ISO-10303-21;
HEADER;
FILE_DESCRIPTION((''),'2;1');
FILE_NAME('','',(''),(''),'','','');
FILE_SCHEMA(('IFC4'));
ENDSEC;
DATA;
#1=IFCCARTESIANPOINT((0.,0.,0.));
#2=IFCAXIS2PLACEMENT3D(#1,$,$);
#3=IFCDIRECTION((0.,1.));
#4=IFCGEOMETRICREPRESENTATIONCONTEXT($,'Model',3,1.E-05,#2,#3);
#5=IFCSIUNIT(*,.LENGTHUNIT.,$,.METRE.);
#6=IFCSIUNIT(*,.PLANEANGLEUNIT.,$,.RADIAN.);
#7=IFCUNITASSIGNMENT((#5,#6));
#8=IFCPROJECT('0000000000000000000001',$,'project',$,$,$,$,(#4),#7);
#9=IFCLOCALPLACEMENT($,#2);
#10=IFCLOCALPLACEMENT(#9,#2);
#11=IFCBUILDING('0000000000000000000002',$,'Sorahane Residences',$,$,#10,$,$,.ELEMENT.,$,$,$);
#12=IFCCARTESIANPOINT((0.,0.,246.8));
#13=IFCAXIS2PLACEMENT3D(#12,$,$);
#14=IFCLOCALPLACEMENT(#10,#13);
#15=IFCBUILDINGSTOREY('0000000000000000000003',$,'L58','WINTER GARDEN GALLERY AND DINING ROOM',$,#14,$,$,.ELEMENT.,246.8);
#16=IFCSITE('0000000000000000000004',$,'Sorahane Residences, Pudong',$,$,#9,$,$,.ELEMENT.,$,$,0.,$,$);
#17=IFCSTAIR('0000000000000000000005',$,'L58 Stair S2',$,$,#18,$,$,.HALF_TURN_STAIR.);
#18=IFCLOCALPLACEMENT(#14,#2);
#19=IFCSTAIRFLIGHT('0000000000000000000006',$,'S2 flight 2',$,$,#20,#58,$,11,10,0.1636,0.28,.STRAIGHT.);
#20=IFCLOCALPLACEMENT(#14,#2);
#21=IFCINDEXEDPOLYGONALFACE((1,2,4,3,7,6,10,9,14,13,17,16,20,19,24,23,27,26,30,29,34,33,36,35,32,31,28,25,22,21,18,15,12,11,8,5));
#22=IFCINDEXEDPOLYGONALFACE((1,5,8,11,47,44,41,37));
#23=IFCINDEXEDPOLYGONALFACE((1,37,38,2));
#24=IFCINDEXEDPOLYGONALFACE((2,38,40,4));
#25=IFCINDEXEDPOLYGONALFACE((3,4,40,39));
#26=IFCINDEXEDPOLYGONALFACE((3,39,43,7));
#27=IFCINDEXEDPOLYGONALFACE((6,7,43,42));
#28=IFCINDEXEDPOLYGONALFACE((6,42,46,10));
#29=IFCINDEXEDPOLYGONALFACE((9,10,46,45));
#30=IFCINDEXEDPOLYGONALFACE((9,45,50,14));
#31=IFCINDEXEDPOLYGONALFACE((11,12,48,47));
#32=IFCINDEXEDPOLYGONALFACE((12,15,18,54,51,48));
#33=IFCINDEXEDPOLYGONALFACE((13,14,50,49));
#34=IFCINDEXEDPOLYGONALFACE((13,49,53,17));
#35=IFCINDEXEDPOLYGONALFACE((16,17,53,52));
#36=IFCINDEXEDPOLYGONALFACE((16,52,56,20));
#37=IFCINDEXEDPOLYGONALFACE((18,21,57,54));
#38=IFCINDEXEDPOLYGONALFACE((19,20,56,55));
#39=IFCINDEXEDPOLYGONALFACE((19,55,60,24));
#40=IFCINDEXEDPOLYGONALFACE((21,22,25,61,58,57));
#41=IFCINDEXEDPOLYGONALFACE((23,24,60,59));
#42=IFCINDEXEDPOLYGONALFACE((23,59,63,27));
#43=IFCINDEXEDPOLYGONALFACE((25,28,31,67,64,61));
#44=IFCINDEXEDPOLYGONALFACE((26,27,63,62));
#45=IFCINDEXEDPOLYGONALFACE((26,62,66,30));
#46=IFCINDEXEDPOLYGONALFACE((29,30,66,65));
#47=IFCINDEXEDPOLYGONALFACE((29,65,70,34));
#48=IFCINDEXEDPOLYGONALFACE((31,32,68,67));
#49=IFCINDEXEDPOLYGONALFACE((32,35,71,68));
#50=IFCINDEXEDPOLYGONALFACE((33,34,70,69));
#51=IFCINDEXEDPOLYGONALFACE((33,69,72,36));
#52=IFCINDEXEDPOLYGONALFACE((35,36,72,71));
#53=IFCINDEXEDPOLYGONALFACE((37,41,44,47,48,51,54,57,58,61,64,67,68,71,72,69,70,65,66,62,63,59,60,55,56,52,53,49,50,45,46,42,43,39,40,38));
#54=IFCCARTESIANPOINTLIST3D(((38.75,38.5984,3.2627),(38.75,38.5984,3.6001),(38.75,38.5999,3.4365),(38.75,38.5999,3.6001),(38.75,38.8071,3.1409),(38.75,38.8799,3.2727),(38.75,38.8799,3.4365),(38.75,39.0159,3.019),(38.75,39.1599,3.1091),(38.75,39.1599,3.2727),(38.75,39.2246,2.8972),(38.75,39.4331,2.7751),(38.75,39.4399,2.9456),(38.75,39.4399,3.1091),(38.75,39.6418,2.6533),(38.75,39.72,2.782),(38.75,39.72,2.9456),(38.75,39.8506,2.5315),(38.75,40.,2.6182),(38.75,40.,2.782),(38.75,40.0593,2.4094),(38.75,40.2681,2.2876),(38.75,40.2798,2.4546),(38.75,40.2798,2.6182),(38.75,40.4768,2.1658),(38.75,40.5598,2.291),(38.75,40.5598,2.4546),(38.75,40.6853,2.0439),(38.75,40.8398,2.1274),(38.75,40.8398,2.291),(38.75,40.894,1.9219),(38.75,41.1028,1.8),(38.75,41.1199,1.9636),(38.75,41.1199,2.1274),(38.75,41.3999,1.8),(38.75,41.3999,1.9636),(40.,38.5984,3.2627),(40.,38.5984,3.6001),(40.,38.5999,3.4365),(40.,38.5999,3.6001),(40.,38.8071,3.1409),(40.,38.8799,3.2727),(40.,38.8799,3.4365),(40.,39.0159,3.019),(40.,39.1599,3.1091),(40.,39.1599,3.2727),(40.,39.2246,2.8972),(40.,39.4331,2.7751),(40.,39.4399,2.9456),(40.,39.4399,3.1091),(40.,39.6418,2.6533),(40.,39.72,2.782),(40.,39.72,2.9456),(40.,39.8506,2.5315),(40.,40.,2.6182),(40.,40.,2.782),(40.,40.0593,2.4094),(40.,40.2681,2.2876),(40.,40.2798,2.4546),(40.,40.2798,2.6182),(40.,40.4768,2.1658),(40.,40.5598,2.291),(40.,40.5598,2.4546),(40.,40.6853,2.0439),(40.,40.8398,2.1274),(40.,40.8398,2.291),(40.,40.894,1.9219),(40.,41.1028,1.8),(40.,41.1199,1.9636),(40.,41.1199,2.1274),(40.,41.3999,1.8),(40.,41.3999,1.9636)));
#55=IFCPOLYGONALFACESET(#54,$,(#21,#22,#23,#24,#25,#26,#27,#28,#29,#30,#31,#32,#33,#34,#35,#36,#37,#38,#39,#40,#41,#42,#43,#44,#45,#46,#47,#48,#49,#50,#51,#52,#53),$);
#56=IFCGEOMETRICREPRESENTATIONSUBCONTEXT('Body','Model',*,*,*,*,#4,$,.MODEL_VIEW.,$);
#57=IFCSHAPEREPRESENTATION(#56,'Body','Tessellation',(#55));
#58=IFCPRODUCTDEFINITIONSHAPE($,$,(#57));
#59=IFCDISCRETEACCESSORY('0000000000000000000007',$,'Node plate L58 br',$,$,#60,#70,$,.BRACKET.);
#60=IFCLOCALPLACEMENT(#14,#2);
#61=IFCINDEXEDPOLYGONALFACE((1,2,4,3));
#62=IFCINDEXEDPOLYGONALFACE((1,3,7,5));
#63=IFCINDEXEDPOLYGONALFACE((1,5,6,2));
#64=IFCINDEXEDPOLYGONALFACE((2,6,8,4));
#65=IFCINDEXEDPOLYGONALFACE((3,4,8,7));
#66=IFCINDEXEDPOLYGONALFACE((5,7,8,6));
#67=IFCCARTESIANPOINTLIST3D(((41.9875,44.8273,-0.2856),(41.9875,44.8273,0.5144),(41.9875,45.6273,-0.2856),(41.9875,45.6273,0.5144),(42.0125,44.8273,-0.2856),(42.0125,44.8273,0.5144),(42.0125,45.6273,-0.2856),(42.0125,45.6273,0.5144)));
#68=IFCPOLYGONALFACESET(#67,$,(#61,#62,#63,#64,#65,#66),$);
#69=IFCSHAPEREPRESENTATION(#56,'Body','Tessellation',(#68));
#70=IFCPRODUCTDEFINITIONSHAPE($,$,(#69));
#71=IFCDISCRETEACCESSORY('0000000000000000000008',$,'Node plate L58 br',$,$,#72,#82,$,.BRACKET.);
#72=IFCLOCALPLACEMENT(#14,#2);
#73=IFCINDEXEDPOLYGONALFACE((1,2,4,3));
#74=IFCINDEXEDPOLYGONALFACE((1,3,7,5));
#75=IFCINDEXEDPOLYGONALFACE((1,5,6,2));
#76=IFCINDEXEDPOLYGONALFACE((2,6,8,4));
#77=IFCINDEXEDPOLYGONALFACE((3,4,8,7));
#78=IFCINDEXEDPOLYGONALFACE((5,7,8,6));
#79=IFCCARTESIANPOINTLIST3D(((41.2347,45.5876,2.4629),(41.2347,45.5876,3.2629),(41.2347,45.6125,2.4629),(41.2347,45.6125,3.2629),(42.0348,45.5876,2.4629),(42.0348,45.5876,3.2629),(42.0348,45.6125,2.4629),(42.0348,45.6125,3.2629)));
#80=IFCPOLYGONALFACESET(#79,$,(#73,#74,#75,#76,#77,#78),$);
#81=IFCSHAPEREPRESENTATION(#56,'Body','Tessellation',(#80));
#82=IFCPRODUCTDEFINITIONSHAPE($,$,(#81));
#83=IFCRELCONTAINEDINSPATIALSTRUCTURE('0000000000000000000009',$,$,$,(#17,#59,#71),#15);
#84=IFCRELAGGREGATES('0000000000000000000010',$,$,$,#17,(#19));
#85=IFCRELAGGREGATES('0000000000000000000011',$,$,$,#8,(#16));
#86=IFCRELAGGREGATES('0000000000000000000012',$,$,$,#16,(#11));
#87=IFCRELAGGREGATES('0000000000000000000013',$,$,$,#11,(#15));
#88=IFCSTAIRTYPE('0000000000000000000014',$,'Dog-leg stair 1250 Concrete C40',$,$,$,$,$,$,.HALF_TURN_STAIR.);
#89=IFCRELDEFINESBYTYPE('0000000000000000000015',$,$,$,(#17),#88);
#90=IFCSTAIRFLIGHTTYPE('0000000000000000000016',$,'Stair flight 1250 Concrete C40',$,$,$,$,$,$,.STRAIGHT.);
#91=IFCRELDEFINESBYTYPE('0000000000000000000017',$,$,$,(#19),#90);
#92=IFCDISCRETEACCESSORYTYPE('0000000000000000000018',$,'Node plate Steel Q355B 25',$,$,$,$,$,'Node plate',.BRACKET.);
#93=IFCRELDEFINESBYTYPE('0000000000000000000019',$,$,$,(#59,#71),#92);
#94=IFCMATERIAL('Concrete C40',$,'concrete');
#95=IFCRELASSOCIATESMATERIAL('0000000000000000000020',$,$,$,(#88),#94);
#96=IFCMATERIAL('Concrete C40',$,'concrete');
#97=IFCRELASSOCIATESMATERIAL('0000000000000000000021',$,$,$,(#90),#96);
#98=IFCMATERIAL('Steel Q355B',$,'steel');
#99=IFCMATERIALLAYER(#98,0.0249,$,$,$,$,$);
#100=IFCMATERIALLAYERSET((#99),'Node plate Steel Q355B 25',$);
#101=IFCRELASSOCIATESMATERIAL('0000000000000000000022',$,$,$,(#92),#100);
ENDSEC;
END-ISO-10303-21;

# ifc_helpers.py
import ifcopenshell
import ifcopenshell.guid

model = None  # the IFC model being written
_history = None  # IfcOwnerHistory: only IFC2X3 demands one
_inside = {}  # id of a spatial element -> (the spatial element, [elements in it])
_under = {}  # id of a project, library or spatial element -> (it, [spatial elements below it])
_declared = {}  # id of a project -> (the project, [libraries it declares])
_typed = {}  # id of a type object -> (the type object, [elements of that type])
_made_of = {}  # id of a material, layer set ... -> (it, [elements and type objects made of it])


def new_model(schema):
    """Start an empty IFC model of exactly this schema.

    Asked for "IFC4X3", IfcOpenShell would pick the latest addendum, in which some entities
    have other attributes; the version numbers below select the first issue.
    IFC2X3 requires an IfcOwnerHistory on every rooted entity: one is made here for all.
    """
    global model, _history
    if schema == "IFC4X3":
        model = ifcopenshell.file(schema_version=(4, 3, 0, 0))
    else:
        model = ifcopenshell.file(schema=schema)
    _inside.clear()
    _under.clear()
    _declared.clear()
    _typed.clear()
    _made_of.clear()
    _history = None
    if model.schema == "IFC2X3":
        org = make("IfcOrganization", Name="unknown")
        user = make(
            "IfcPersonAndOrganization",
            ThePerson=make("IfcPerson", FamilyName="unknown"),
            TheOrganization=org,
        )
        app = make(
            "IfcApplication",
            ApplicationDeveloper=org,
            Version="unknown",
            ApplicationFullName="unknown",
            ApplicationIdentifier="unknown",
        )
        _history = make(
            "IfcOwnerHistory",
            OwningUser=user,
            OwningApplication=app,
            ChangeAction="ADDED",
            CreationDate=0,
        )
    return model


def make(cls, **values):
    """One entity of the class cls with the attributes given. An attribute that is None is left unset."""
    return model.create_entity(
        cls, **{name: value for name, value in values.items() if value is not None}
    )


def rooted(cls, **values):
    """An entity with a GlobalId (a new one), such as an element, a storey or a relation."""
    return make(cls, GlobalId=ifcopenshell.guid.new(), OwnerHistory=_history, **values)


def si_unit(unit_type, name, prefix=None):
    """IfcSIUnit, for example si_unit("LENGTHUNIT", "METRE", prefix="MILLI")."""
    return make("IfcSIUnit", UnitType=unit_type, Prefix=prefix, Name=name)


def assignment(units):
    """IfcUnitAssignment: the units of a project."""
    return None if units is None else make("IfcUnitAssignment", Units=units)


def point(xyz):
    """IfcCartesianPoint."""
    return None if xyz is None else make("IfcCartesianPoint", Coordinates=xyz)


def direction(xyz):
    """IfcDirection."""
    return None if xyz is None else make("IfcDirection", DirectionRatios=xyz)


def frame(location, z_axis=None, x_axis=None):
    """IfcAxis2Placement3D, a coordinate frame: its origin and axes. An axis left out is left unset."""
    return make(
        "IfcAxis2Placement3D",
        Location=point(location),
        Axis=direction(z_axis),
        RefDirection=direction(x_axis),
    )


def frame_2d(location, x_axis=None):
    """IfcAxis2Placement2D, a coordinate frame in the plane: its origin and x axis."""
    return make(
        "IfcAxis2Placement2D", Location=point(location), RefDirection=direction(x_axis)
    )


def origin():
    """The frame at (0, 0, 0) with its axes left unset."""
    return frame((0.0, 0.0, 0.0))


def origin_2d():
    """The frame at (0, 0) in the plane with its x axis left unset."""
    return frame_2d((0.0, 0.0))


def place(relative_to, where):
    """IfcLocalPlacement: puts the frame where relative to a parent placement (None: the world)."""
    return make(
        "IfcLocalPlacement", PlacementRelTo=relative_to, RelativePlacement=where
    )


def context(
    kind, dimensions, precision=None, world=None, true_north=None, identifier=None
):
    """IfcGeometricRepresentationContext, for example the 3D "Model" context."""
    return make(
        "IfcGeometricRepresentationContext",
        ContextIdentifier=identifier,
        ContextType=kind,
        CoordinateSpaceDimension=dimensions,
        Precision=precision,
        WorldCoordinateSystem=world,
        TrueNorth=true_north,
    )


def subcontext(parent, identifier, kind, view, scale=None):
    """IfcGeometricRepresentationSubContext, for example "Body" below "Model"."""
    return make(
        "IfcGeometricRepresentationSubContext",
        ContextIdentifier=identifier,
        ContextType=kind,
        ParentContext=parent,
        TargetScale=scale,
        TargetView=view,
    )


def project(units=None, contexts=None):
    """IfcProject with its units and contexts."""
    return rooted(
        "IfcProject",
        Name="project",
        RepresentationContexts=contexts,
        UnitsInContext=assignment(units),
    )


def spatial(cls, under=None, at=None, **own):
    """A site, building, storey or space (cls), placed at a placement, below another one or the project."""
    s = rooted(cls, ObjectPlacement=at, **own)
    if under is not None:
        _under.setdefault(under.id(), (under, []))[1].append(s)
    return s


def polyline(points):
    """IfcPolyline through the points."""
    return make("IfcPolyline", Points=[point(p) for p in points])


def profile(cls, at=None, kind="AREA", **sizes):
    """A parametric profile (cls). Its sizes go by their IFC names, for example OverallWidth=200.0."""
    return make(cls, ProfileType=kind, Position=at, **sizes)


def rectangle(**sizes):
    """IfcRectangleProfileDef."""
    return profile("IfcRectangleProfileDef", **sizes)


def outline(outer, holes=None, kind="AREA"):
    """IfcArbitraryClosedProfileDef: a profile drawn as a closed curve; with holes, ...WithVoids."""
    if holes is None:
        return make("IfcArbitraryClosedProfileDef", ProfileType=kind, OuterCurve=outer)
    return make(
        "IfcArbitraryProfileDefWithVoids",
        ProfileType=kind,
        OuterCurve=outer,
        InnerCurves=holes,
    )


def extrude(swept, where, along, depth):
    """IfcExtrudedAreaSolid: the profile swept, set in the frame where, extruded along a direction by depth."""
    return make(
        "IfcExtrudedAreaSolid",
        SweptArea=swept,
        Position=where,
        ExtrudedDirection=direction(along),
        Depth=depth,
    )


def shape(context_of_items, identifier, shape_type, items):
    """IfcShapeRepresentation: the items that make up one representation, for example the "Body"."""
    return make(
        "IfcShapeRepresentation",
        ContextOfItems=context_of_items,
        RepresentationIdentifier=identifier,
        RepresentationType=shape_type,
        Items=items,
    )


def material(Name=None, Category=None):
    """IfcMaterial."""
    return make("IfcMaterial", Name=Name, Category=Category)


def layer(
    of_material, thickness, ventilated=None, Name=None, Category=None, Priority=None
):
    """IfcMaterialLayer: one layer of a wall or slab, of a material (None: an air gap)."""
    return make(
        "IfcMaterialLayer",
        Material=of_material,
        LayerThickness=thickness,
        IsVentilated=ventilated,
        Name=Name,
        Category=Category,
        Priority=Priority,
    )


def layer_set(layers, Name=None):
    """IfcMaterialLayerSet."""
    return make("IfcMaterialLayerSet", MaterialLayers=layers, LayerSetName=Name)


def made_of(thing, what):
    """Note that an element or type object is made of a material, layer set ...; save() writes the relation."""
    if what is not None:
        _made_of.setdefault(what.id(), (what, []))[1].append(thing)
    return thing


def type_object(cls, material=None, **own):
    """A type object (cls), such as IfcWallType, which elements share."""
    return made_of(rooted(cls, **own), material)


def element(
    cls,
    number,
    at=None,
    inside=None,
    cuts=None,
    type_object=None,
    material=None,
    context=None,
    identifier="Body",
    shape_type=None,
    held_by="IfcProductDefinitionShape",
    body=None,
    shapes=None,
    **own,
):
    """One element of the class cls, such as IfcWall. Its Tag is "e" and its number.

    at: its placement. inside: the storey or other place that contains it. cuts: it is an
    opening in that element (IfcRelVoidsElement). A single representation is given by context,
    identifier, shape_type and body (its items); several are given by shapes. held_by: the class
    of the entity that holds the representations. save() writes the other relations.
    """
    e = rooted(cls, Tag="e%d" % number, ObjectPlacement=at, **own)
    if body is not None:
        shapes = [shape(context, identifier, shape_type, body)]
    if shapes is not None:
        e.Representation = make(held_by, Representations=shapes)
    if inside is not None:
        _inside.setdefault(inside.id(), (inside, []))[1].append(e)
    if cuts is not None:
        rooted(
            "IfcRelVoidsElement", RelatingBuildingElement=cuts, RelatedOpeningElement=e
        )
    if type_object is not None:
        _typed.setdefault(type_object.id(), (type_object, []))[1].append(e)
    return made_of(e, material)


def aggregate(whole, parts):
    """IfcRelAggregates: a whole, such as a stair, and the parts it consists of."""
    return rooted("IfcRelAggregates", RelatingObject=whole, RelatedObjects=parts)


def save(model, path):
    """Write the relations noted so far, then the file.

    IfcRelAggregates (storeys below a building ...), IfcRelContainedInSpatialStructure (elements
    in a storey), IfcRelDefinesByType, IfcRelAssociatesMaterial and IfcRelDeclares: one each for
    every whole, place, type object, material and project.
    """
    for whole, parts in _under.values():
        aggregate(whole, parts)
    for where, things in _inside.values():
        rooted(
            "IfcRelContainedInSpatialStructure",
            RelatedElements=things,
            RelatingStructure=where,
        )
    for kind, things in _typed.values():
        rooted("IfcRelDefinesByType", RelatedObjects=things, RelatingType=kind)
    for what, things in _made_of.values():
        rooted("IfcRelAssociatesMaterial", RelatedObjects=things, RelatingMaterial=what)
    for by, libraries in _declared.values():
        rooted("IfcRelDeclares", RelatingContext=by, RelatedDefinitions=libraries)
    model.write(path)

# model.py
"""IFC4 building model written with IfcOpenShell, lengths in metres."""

from ifc_helpers import new_model, si_unit, direction, frame, origin, origin_2d, place, context, subcontext, project, spatial, polyline, rectangle, outline, extrude, material, layer, layer_set, type_object, element, aggregate, save


model = new_model("IFC4")

# Units and contexts
model_context = context("Model", 3, precision=1e-05, world=origin(), true_north=direction((0.0, 1.0)))
body_context = subcontext(model_context, "Body", "Model", "MODEL_VIEW")
ifc_project = project(units=[si_unit("LENGTHUNIT", "METRE"), si_unit("PLANEANGLEUNIT", "RADIAN")], contexts=[model_context])

# Site, building, storey
site_placement = place(None, origin())
site = spatial("IfcSite", under=ifc_project, at=site_placement, Name="Sorahane Residences, Pudong", CompositionType="ELEMENT", RefElevation=0.0)
building_placement = place(site_placement, origin())
building = spatial("IfcBuilding", under=site, at=building_placement, Name="Sorahane Residences", CompositionType="ELEMENT")
storey_placement = place(building_placement, frame((0.0, 0.0, 246.8)))
storey = spatial("IfcBuildingStorey", under=building, at=storey_placement, Name="L58", Description="WINTER GARDEN GALLERY AND DINING ROOM", CompositionType="ELEMENT", Elevation=246.8)

# Stair, stair flight
ifc_material_1 = material(Name="Concrete C40", Category="concrete")
stair_type = type_object("IfcStairType", Name="Dog-leg stair 1250 Concrete C40", PredefinedType="HALF_TURN_STAIR", material=ifc_material_1)
stair_placement = place(storey_placement, origin())
stair = element("IfcStair", 1, at=stair_placement, inside=storey, type_object=stair_type, Name="L58 Stair S2", PredefinedType="HALF_TURN_STAIR")
ifc_material_2 = material(Name="Concrete C40", Category="concrete")
stair_flight_type = type_object("IfcStairFlightType", Name="Stair flight 1250 Concrete C40", PredefinedType="STRAIGHT", material=ifc_material_2)
stair_flight_placement = place(storey_placement, frame((39.375, 41.3999, 1.8), z_axis=(0.0, 0.0, 1.0), x_axis=(0.0, -1.0, 0.0)))
stair_flight = element("IfcStairFlight", 2, at=stair_flight_placement, type_object=stair_flight_type, Name="S2 flight 2", NumberOfRisers=11, NumberOfTreads=10, PredefinedType="STRAIGHT", RiserHeight=0.1636, TreadLength=0.28, context=body_context, shape_type="SweptSolid", body=[
    extrude(outline(polyline([(0.0, 0.0), (0.0, 0.1636), (0.28, 0.1636), (0.28, 0.3274), (0.5601, 0.3274), (0.5601, 0.491), (0.8401, 0.491), (0.8401, 0.6545), (1.1201, 0.6545), (1.1201, 0.8181), (1.3999, 0.8181), (1.3999, 0.9819), (1.6799, 0.9819), (1.6799, 1.1455), (1.96, 1.1455), (1.96, 1.3091), (2.24, 1.3091), (2.24, 1.4727), (2.52, 1.4727), (2.52, 1.6365), (2.8, 1.6365), (2.8, 1.8), (2.8015, 1.8), (2.8015, 1.4626), (2.5928, 1.3408), (2.384, 1.219), (2.1753, 1.0972), (1.9668, 0.9751), (1.7581, 0.8533), (1.5493, 0.7314), (1.3406, 0.6094), (1.1318, 0.4875), (0.9231, 0.3657), (0.7146, 0.2439), (0.5059, 0.1218), (0.2971, 0.0), (0.0, 0.0)])), frame((0.0, 0.625, 0.0), z_axis=(0.0, -1.0, 0.0), x_axis=(1.0, 0.0, 0.0)), (0.0, 0.0, 1.0), 1.25),
])
aggregate(stair, [stair_flight])

# Discrete accessories
ifc_material_3 = material(Name="Steel Q355B", Category="steel")
ifc_layer_1 = layer(ifc_material_3, 0.0249)
ifc_layer_set_1 = layer_set([ifc_layer_1], Name="Node plate Steel Q355B 25")
discrete_accessory_type = type_object("IfcDiscreteAccessoryType", Name="Node plate Steel Q355B 25", ElementType="Node plate", PredefinedType="BRACKET", material=ifc_layer_set_1)
for number, where, z_axis, x_axis, name in (
    (3, (42.0, 45.2273, -0.2856), (0.0, 0.0, 1.0), (0.0, 1.0, 0.0), "Node plate L58 br"),
    (4, (41.6348, 45.6001, 2.4629), (0.0, 0.0, 1.0), (1.0, 0.0, 0.0), "Node plate L58 br"),
):
    element("IfcDiscreteAccessory", number, at=place(storey_placement, frame(where, z_axis=z_axis, x_axis=x_axis)), inside=storey, type_object=discrete_accessory_type, Name=name, PredefinedType="BRACKET", context=body_context, shape_type="SweptSolid", body=[
        extrude(rectangle(XDim=0.8, YDim=0.0249, at=origin_2d()), origin(), (0.0, 0.0, 1.0), 0.8),
    ])

save(model, "model.ifc")
